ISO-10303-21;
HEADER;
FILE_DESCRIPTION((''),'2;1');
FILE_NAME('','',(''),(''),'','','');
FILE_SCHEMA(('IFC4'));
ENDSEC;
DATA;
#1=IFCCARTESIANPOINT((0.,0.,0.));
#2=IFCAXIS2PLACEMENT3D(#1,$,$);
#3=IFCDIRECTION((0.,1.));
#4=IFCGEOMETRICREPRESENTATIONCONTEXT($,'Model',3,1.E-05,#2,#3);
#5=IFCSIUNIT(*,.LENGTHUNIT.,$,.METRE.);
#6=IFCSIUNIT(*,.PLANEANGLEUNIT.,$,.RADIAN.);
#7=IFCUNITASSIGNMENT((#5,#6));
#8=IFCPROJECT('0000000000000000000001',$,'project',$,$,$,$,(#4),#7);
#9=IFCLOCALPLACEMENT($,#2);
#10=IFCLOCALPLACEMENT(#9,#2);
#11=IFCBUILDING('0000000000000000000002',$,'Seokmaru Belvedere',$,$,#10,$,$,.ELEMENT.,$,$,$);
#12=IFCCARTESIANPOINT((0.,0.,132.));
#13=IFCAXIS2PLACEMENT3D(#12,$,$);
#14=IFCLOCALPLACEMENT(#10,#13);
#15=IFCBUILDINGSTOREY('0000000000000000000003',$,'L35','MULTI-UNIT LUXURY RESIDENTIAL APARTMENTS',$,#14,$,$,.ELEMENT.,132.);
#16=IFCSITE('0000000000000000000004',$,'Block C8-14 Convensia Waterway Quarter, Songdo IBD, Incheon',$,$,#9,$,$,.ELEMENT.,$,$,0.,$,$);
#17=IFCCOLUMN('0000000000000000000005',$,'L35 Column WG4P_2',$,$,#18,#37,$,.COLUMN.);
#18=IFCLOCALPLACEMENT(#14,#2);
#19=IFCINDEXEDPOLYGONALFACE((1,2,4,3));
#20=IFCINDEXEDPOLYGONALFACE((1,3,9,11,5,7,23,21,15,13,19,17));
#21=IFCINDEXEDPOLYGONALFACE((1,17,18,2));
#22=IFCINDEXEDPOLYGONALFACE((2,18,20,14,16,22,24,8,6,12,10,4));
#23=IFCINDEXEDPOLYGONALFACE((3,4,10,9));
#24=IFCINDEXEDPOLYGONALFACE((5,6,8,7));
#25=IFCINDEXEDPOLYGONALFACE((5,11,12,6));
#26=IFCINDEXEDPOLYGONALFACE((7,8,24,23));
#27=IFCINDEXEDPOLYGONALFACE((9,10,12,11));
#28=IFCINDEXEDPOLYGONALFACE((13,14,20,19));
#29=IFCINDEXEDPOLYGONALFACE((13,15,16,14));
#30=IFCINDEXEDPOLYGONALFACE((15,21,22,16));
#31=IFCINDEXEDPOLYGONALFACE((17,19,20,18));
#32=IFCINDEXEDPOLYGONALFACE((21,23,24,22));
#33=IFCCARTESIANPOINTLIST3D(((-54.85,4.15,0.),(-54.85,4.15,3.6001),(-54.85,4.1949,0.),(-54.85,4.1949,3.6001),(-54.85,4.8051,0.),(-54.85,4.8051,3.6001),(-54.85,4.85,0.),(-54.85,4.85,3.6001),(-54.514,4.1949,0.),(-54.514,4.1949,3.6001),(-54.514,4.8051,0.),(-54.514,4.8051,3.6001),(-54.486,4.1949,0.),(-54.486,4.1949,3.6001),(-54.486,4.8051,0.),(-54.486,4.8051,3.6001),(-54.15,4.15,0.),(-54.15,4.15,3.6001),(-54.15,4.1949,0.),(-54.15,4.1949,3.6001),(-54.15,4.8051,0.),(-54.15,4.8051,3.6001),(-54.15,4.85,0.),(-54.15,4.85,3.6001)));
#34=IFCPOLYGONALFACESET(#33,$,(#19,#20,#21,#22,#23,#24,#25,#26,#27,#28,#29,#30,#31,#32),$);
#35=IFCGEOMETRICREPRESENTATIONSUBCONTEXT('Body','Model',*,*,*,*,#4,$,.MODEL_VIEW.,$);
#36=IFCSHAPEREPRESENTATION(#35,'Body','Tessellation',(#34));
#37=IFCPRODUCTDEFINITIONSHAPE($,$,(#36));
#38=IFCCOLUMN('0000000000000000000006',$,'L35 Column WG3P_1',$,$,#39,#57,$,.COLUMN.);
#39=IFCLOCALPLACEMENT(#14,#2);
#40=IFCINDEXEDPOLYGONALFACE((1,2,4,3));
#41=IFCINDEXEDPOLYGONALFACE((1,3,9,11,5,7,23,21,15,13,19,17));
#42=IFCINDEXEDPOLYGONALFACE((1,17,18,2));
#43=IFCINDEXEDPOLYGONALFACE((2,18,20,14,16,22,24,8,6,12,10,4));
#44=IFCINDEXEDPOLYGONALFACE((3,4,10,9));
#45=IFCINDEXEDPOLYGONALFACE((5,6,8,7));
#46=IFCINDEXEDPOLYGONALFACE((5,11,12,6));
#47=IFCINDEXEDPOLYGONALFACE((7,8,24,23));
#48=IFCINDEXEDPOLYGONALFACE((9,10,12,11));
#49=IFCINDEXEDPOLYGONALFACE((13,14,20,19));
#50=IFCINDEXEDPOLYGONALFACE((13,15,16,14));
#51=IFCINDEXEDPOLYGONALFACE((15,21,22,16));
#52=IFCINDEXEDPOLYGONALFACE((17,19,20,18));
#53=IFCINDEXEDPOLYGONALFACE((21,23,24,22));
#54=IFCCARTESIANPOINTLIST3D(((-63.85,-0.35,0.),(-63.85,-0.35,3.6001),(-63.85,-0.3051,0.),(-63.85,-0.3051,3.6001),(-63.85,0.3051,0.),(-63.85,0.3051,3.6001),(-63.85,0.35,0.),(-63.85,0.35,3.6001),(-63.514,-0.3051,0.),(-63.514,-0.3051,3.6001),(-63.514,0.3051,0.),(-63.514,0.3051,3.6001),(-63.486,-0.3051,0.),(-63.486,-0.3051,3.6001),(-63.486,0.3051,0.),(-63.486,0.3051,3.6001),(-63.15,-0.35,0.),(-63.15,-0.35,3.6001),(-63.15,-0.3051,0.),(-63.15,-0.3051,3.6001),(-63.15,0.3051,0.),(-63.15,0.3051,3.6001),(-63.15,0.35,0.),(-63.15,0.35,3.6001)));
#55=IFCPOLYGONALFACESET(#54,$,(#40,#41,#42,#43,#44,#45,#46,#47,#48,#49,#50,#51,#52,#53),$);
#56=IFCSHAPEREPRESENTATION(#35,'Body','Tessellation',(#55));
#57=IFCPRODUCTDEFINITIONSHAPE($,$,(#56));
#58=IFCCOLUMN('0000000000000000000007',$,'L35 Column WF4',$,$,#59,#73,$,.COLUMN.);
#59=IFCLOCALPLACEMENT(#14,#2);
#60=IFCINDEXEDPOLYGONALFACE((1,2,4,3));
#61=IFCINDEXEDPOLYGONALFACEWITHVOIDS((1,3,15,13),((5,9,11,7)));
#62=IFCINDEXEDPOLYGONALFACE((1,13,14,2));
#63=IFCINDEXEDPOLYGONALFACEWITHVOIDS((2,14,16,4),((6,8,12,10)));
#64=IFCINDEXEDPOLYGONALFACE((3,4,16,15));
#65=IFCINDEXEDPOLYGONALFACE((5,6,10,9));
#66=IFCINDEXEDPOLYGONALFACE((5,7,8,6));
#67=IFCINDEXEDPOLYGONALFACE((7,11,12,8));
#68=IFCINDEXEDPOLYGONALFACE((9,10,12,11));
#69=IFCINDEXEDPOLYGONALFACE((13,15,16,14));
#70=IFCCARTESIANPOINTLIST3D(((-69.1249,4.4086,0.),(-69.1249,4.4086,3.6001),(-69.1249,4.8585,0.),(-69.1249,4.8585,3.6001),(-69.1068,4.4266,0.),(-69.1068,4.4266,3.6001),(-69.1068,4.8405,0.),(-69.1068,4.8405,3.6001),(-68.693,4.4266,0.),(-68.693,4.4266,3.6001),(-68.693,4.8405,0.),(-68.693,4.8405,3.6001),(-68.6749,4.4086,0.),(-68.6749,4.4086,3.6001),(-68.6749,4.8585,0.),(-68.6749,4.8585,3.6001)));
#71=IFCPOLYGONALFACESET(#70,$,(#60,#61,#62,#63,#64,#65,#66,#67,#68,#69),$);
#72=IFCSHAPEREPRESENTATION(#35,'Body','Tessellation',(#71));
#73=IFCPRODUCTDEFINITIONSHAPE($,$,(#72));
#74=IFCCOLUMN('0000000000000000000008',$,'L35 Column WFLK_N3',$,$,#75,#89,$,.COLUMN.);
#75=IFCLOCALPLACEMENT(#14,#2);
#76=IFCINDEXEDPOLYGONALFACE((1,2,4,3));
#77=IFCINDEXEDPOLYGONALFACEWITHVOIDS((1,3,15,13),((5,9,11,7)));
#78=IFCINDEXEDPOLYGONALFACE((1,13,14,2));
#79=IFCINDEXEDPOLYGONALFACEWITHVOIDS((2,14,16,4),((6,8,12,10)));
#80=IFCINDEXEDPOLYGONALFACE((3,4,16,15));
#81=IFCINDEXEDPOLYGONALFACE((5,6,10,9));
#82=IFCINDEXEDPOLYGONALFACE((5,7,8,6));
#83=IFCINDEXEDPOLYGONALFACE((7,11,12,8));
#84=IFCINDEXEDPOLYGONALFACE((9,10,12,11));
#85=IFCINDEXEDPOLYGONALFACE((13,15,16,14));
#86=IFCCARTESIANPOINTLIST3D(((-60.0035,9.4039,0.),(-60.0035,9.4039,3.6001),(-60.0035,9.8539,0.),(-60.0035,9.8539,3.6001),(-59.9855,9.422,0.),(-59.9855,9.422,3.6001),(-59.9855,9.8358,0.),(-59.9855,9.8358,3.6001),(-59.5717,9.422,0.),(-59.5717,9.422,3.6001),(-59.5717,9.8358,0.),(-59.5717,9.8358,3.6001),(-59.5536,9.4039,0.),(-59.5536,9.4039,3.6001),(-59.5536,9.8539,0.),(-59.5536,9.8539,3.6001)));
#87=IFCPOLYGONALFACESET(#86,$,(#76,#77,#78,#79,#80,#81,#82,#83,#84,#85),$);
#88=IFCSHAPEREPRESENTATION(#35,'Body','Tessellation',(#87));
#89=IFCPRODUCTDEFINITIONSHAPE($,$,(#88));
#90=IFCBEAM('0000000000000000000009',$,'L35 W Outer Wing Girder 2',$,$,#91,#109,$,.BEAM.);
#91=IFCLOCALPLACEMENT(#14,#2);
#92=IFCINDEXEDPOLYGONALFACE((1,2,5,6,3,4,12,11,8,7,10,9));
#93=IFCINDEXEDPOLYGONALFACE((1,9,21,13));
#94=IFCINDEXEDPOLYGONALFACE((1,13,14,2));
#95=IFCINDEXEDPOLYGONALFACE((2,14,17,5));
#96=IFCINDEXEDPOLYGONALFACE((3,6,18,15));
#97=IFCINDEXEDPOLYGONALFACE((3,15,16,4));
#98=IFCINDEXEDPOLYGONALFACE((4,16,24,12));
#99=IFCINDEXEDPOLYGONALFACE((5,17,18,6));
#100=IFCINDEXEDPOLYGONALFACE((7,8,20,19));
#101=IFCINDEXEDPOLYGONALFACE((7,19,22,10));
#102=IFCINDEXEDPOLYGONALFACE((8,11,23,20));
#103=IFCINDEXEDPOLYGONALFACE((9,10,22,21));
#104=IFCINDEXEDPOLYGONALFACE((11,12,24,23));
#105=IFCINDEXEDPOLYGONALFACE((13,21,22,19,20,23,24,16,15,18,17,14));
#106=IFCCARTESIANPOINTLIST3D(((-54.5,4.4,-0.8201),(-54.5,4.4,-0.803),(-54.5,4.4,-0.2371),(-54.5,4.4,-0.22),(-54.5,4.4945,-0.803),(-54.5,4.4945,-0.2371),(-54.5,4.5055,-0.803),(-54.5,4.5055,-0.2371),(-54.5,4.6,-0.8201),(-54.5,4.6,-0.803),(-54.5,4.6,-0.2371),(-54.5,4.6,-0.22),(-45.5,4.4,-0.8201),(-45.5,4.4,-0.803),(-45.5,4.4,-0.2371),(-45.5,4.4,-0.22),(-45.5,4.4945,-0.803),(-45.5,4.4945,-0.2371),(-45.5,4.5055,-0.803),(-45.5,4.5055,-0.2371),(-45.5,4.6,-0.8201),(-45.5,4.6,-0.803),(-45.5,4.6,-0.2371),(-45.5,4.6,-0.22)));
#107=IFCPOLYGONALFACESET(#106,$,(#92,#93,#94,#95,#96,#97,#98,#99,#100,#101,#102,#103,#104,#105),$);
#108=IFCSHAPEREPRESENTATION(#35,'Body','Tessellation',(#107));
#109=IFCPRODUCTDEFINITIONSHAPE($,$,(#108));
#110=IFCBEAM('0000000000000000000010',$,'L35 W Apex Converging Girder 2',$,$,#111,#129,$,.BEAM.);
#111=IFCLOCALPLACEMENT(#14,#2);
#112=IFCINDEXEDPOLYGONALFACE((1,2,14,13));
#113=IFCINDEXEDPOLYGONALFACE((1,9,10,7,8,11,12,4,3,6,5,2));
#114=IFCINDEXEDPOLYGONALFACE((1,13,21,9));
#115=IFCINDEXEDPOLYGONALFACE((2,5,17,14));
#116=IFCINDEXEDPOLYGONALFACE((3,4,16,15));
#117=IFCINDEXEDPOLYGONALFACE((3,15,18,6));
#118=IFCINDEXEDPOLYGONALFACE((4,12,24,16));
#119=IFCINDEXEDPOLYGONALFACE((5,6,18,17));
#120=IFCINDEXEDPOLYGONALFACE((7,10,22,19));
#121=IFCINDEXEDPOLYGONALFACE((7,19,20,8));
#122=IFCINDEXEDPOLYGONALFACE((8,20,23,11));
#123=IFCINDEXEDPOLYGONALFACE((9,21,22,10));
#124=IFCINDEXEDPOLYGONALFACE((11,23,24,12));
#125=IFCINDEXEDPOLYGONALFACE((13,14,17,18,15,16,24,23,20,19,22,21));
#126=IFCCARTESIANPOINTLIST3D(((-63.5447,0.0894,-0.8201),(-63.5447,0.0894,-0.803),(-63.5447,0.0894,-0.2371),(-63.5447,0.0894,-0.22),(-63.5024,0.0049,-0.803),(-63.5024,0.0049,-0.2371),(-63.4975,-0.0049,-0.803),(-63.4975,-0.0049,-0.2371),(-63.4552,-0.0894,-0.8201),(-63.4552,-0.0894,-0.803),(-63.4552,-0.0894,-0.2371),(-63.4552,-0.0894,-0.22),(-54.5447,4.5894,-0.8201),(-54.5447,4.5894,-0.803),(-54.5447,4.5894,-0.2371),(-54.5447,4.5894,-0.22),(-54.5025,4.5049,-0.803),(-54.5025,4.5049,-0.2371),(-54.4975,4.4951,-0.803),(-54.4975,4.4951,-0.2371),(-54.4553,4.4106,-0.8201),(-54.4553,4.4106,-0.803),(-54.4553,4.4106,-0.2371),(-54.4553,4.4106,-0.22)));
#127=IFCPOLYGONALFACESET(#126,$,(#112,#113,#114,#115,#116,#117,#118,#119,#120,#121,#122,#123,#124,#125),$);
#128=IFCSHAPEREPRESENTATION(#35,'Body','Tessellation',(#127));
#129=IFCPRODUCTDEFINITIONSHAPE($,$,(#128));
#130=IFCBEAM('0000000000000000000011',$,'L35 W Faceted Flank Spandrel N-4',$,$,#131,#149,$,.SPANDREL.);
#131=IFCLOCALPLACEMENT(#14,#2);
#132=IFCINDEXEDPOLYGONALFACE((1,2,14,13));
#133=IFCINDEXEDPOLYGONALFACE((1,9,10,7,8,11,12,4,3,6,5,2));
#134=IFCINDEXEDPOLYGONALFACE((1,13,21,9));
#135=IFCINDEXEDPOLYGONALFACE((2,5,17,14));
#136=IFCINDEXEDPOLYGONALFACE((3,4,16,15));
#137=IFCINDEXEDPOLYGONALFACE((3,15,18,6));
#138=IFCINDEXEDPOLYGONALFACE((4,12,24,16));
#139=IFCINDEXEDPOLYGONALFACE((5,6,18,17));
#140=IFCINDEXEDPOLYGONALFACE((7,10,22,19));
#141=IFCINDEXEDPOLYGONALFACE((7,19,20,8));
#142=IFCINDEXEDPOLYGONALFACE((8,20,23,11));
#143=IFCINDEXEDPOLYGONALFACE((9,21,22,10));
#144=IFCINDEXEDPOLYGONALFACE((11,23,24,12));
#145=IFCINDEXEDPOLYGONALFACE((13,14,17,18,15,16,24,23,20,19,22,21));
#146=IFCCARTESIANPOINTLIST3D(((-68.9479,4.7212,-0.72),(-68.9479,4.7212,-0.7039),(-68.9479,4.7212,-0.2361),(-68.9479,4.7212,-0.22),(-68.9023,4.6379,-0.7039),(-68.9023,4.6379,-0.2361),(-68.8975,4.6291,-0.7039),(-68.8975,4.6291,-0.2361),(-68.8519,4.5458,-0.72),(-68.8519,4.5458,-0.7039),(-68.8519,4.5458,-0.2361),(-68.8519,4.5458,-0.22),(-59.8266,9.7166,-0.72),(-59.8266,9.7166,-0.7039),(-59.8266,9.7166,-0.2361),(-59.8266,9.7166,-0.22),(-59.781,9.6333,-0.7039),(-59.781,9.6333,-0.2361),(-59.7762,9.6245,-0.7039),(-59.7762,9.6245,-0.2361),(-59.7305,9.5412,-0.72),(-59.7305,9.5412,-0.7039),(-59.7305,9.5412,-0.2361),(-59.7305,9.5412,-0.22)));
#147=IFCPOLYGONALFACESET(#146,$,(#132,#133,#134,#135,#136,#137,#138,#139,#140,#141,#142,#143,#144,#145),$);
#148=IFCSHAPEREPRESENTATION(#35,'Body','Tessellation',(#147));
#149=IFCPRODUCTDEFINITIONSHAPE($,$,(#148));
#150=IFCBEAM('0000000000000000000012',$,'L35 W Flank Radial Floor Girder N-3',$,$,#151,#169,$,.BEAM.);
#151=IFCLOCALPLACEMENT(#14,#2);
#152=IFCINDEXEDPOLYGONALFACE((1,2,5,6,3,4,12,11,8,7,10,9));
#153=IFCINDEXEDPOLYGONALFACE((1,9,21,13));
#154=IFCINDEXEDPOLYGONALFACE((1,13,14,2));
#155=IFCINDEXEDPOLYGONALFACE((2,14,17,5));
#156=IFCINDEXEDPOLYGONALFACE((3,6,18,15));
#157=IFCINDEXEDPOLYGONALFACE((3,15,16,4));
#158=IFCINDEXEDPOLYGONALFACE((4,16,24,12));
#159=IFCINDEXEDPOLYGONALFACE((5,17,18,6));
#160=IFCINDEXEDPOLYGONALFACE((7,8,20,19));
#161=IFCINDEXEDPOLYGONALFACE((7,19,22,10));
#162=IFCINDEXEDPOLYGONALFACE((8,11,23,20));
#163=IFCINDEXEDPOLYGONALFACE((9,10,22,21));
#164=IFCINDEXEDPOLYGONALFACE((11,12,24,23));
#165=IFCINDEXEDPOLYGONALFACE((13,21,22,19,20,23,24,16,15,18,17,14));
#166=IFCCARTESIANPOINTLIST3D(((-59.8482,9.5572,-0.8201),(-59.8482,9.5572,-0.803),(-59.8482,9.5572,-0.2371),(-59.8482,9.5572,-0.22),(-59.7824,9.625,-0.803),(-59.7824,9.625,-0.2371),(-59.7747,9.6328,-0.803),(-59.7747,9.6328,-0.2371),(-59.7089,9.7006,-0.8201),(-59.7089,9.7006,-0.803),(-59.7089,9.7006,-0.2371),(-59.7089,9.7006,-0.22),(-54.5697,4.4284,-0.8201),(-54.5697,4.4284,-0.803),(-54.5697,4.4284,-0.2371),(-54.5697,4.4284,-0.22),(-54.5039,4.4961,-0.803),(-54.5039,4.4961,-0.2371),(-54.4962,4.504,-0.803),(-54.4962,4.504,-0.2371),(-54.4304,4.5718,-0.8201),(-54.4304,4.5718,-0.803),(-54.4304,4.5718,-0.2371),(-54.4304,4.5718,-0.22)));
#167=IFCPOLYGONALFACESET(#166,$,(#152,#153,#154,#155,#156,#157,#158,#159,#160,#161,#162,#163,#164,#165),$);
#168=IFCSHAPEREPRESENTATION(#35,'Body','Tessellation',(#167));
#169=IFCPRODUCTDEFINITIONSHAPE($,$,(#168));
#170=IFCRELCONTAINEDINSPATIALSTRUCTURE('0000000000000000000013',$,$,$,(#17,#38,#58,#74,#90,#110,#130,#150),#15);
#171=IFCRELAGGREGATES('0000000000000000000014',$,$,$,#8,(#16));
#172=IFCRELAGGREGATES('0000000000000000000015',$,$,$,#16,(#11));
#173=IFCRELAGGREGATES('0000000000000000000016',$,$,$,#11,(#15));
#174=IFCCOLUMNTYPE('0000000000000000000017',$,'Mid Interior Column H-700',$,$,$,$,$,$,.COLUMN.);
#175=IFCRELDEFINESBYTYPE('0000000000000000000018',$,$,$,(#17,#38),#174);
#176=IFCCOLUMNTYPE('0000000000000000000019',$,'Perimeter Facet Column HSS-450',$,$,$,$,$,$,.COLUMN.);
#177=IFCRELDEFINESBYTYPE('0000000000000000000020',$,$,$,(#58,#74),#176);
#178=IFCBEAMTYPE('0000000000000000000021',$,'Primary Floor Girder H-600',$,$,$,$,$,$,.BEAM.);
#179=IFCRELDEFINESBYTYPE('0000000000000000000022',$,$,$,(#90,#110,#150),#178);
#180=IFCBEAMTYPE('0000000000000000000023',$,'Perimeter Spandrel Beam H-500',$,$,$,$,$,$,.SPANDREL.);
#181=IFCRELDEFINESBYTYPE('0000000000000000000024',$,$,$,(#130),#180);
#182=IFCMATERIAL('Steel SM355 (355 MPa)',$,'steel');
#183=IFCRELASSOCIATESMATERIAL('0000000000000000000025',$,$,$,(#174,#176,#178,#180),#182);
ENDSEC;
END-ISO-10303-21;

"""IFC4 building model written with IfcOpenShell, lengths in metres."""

from ifc_helpers import new_model, si_unit, direction, frame, origin, origin_2d, place, context, subcontext, project, spatial, hollow_rectangle, i_section, extrude, source, transform, mapped, material, material_profile, profile_set, type_object, type_shapes, element, save


model = new_model("IFC4")

# Units and contexts
model_context = context("Model", 3, precision=1e-05, world=origin(), true_north=direction((0.0, 1.0)))
body_context = subcontext(model_context, "Body", "Model", "MODEL_VIEW")
ifc_project = project(units=[si_unit("LENGTHUNIT", "METRE"), si_unit("PLANEANGLEUNIT", "RADIAN")], contexts=[model_context])

# Site, building, storey
site_placement = place(None, origin())
site = spatial("IfcSite", under=ifc_project, at=site_placement, Name="Block C8-14 Convensia Waterway Quarter, Songdo IBD, Incheon", CompositionType="ELEMENT", RefElevation=0.0)
building_placement = place(site_placement, origin())
building = spatial("IfcBuilding", under=site, at=building_placement, Name="Seokmaru Belvedere", CompositionType="ELEMENT")
storey_placement = place(building_placement, frame((0.0, 0.0, 132.0)))
storey = spatial("IfcBuildingStorey", under=building, at=storey_placement, Name="L35", Description="MULTI-UNIT LUXURY RESIDENTIAL APARTMENTS", CompositionType="ELEMENT", Elevation=132.0)

# Columns
ifc_material_1 = material(Name="Steel SM355 (355 MPa)", Category="steel")
ifc_material_profile_1 = material_profile(ifc_material_1, i_section(OverallWidth=0.7, OverallDepth=0.7, WebThickness=0.0281, FlangeThickness=0.0449, at=origin_2d()), Name="H-700x700x28x45")
ifc_profile_set_1 = profile_set([ifc_material_profile_1], Name="Steel SM355 (355 MPa)")
column_type_1 = type_object("IfcColumnType", Name="Mid Interior Column H-700", PredefinedType="COLUMN", material=ifc_profile_set_1)
shared_shape_1 = source(origin(), body_context, "Body", "SweptSolid", [
    extrude(i_section(OverallWidth=0.7, OverallDepth=0.7, WebThickness=0.0281, FlangeThickness=0.0449, at=origin_2d()), origin(), (0.0, 0.0, 1.0), 3.6001),
])
type_shapes(column_type_1, [shared_shape_1])
for number, where, z_axis, x_axis, name in (
    (1, (-54.5, 4.5, 0.0), (0.0, 0.0, 1.0), (1.0, 0.0, 0.0), "L35 Column WG4P_2"),
    (2, (-63.5, 0.0, 0.0), (0.0, 0.0, 1.0), (1.0, 0.0, 0.0), "L35 Column WG3P_1"),
):
    element("IfcColumn", number, at=place(storey_placement, frame(where, z_axis=z_axis, x_axis=x_axis)), inside=storey, type_object=column_type_1, Name=name, PredefinedType="COLUMN", context=body_context, shape_type="MappedRepresentation", body=[
        mapped(shared_shape_1, transform((0.0, 0.0, 0.0), scale=1.0)),
    ])
ifc_material_profile_2 = material_profile(ifc_material_1, hollow_rectangle(XDim=0.45, YDim=0.45, WallThickness=0.0181, at=origin_2d()), Name="HSS-450x450x18")
ifc_profile_set_2 = profile_set([ifc_material_profile_2], Name="Steel SM355 (355 MPa)")
column_type_2 = type_object("IfcColumnType", Name="Perimeter Facet Column HSS-450", PredefinedType="COLUMN", material=ifc_profile_set_2)
shared_shape_2 = source(origin(), body_context, "Body", "SweptSolid", [
    extrude(hollow_rectangle(XDim=0.45, YDim=0.45, WallThickness=0.0181, at=origin_2d()), origin(), (0.0, 0.0, 1.0), 3.6001),
])
type_shapes(column_type_2, [shared_shape_2])
for number, where, z_axis, x_axis, name in (
    (3, (-68.8999, 4.6335, 0.0), (0.0, 0.0, 1.0), (1.0, 0.0, 0.0), "L35 Column WF4"),
    (4, (-59.7786, 9.6289, 0.0), (0.0, 0.0, 1.0), (1.0, 0.0, 0.0), "L35 Column WFLK_N3"),
):
    element("IfcColumn", number, at=place(storey_placement, frame(where, z_axis=z_axis, x_axis=x_axis)), inside=storey, type_object=column_type_2, Name=name, PredefinedType="COLUMN", context=body_context, shape_type="MappedRepresentation", body=[
        mapped(shared_shape_2, transform((0.0, 0.0, 0.0), scale=1.0)),
    ])

# Beams
ifc_material_profile_3 = material_profile(ifc_material_1, i_section(OverallWidth=0.2, OverallDepth=0.6001, WebThickness=0.011, FlangeThickness=0.0171, at=origin_2d()), Name="H-600x200x11x17")
ifc_profile_set_3 = profile_set([ifc_material_profile_3], Name="Steel SM355 (355 MPa)")
beam_type_1 = type_object("IfcBeamType", Name="Primary Floor Girder H-600", PredefinedType="BEAM", material=ifc_profile_set_3)
shared_shape_3 = source(origin(), body_context, "Body", "SweptSolid", [
    extrude(i_section(OverallWidth=0.2, OverallDepth=0.6001, WebThickness=0.011, FlangeThickness=0.0171, at=origin_2d()), origin(), (0.0, 0.0, 1.0), 9.0),
])
beam_1_placement = place(storey_placement, frame((-54.5, 4.5, -0.52), z_axis=(1.0, 0.0, 0.0), x_axis=(0.0, 1.0, 0.0)))
element("IfcBeam", 5, at=beam_1_placement, inside=storey, type_object=beam_type_1, Name="L35 W Outer Wing Girder 2", PredefinedType="BEAM", context=body_context, shape_type="MappedRepresentation", body=[
    mapped(shared_shape_3, transform((0.0, 0.0, 0.0), scale=1.0)),
])
shared_shape_4 = source(origin(), body_context, "Body", "SweptSolid", [
    extrude(i_section(OverallWidth=0.2, OverallDepth=0.6001, WebThickness=0.011, FlangeThickness=0.0171, at=origin_2d()), origin(), (0.0, 0.0, 1.0), 10.0623),
])
beam_2_placement = place(storey_placement, frame((-54.5, 4.5, -0.52), z_axis=(-0.894427, -0.447214, 0.0), x_axis=(0.447214, -0.894427, 0.0)))
element("IfcBeam", 6, at=beam_2_placement, inside=storey, type_object=beam_type_1, Name="L35 W Apex Converging Girder 2", PredefinedType="BEAM", context=body_context, shape_type="MappedRepresentation", body=[
    mapped(shared_shape_4, transform((0.0, 0.0, 0.0), scale=1.0)),
])
ifc_material_profile_4 = material_profile(ifc_material_1, i_section(OverallWidth=0.2, OverallDepth=0.5, WebThickness=0.01, FlangeThickness=0.0161, at=origin_2d()), Name="H-500x200x10x16")
ifc_profile_set_4 = profile_set([ifc_material_profile_4], Name="Steel SM355 (355 MPa)")
beam_type_2 = type_object("IfcBeamType", Name="Perimeter Spandrel Beam H-500", PredefinedType="SPANDREL", material=ifc_profile_set_4)
shared_shape_5 = source(origin(), body_context, "Body", "SweptSolid", [
    extrude(i_section(OverallWidth=0.2, OverallDepth=0.5, WebThickness=0.01, FlangeThickness=0.0161, at=origin_2d()), origin(), (0.0, 0.0, 1.0), 10.3997),
])
type_shapes(beam_type_2, [shared_shape_5])
beam_3_placement = place(storey_placement, frame((-59.7786, 9.6289, -0.47), z_axis=(-0.877082, -0.48034, 0.0), x_axis=(0.48034, -0.877082, 0.0)))
element("IfcBeam", 7, at=beam_3_placement, inside=storey, type_object=beam_type_2, Name="L35 W Faceted Flank Spandrel N-4", PredefinedType="SPANDREL", context=body_context, shape_type="MappedRepresentation", body=[
    mapped(shared_shape_5, transform((0.0, 0.0, 0.0), scale=1.0)),
])
shared_shape_6 = source(origin(), body_context, "Body", "SweptSolid", [
    extrude(i_section(OverallWidth=0.2, OverallDepth=0.6001, WebThickness=0.011, FlangeThickness=0.0171, at=origin_2d()), origin(), (0.0, 0.0, 1.0), 7.3599),
])
beam_4_placement = place(storey_placement, frame((-59.7786, 9.6289, -0.52), z_axis=(0.717201, -0.696867, 0.0), x_axis=(0.696867, 0.717201, 0.0)))
element("IfcBeam", 8, at=beam_4_placement, inside=storey, type_object=beam_type_1, Name="L35 W Flank Radial Floor Girder N-3", PredefinedType="BEAM", context=body_context, shape_type="MappedRepresentation", body=[
    mapped(shared_shape_6, transform((0.0, 0.0, 0.0), scale=1.0)),
])

save(model, "model.ifc")
